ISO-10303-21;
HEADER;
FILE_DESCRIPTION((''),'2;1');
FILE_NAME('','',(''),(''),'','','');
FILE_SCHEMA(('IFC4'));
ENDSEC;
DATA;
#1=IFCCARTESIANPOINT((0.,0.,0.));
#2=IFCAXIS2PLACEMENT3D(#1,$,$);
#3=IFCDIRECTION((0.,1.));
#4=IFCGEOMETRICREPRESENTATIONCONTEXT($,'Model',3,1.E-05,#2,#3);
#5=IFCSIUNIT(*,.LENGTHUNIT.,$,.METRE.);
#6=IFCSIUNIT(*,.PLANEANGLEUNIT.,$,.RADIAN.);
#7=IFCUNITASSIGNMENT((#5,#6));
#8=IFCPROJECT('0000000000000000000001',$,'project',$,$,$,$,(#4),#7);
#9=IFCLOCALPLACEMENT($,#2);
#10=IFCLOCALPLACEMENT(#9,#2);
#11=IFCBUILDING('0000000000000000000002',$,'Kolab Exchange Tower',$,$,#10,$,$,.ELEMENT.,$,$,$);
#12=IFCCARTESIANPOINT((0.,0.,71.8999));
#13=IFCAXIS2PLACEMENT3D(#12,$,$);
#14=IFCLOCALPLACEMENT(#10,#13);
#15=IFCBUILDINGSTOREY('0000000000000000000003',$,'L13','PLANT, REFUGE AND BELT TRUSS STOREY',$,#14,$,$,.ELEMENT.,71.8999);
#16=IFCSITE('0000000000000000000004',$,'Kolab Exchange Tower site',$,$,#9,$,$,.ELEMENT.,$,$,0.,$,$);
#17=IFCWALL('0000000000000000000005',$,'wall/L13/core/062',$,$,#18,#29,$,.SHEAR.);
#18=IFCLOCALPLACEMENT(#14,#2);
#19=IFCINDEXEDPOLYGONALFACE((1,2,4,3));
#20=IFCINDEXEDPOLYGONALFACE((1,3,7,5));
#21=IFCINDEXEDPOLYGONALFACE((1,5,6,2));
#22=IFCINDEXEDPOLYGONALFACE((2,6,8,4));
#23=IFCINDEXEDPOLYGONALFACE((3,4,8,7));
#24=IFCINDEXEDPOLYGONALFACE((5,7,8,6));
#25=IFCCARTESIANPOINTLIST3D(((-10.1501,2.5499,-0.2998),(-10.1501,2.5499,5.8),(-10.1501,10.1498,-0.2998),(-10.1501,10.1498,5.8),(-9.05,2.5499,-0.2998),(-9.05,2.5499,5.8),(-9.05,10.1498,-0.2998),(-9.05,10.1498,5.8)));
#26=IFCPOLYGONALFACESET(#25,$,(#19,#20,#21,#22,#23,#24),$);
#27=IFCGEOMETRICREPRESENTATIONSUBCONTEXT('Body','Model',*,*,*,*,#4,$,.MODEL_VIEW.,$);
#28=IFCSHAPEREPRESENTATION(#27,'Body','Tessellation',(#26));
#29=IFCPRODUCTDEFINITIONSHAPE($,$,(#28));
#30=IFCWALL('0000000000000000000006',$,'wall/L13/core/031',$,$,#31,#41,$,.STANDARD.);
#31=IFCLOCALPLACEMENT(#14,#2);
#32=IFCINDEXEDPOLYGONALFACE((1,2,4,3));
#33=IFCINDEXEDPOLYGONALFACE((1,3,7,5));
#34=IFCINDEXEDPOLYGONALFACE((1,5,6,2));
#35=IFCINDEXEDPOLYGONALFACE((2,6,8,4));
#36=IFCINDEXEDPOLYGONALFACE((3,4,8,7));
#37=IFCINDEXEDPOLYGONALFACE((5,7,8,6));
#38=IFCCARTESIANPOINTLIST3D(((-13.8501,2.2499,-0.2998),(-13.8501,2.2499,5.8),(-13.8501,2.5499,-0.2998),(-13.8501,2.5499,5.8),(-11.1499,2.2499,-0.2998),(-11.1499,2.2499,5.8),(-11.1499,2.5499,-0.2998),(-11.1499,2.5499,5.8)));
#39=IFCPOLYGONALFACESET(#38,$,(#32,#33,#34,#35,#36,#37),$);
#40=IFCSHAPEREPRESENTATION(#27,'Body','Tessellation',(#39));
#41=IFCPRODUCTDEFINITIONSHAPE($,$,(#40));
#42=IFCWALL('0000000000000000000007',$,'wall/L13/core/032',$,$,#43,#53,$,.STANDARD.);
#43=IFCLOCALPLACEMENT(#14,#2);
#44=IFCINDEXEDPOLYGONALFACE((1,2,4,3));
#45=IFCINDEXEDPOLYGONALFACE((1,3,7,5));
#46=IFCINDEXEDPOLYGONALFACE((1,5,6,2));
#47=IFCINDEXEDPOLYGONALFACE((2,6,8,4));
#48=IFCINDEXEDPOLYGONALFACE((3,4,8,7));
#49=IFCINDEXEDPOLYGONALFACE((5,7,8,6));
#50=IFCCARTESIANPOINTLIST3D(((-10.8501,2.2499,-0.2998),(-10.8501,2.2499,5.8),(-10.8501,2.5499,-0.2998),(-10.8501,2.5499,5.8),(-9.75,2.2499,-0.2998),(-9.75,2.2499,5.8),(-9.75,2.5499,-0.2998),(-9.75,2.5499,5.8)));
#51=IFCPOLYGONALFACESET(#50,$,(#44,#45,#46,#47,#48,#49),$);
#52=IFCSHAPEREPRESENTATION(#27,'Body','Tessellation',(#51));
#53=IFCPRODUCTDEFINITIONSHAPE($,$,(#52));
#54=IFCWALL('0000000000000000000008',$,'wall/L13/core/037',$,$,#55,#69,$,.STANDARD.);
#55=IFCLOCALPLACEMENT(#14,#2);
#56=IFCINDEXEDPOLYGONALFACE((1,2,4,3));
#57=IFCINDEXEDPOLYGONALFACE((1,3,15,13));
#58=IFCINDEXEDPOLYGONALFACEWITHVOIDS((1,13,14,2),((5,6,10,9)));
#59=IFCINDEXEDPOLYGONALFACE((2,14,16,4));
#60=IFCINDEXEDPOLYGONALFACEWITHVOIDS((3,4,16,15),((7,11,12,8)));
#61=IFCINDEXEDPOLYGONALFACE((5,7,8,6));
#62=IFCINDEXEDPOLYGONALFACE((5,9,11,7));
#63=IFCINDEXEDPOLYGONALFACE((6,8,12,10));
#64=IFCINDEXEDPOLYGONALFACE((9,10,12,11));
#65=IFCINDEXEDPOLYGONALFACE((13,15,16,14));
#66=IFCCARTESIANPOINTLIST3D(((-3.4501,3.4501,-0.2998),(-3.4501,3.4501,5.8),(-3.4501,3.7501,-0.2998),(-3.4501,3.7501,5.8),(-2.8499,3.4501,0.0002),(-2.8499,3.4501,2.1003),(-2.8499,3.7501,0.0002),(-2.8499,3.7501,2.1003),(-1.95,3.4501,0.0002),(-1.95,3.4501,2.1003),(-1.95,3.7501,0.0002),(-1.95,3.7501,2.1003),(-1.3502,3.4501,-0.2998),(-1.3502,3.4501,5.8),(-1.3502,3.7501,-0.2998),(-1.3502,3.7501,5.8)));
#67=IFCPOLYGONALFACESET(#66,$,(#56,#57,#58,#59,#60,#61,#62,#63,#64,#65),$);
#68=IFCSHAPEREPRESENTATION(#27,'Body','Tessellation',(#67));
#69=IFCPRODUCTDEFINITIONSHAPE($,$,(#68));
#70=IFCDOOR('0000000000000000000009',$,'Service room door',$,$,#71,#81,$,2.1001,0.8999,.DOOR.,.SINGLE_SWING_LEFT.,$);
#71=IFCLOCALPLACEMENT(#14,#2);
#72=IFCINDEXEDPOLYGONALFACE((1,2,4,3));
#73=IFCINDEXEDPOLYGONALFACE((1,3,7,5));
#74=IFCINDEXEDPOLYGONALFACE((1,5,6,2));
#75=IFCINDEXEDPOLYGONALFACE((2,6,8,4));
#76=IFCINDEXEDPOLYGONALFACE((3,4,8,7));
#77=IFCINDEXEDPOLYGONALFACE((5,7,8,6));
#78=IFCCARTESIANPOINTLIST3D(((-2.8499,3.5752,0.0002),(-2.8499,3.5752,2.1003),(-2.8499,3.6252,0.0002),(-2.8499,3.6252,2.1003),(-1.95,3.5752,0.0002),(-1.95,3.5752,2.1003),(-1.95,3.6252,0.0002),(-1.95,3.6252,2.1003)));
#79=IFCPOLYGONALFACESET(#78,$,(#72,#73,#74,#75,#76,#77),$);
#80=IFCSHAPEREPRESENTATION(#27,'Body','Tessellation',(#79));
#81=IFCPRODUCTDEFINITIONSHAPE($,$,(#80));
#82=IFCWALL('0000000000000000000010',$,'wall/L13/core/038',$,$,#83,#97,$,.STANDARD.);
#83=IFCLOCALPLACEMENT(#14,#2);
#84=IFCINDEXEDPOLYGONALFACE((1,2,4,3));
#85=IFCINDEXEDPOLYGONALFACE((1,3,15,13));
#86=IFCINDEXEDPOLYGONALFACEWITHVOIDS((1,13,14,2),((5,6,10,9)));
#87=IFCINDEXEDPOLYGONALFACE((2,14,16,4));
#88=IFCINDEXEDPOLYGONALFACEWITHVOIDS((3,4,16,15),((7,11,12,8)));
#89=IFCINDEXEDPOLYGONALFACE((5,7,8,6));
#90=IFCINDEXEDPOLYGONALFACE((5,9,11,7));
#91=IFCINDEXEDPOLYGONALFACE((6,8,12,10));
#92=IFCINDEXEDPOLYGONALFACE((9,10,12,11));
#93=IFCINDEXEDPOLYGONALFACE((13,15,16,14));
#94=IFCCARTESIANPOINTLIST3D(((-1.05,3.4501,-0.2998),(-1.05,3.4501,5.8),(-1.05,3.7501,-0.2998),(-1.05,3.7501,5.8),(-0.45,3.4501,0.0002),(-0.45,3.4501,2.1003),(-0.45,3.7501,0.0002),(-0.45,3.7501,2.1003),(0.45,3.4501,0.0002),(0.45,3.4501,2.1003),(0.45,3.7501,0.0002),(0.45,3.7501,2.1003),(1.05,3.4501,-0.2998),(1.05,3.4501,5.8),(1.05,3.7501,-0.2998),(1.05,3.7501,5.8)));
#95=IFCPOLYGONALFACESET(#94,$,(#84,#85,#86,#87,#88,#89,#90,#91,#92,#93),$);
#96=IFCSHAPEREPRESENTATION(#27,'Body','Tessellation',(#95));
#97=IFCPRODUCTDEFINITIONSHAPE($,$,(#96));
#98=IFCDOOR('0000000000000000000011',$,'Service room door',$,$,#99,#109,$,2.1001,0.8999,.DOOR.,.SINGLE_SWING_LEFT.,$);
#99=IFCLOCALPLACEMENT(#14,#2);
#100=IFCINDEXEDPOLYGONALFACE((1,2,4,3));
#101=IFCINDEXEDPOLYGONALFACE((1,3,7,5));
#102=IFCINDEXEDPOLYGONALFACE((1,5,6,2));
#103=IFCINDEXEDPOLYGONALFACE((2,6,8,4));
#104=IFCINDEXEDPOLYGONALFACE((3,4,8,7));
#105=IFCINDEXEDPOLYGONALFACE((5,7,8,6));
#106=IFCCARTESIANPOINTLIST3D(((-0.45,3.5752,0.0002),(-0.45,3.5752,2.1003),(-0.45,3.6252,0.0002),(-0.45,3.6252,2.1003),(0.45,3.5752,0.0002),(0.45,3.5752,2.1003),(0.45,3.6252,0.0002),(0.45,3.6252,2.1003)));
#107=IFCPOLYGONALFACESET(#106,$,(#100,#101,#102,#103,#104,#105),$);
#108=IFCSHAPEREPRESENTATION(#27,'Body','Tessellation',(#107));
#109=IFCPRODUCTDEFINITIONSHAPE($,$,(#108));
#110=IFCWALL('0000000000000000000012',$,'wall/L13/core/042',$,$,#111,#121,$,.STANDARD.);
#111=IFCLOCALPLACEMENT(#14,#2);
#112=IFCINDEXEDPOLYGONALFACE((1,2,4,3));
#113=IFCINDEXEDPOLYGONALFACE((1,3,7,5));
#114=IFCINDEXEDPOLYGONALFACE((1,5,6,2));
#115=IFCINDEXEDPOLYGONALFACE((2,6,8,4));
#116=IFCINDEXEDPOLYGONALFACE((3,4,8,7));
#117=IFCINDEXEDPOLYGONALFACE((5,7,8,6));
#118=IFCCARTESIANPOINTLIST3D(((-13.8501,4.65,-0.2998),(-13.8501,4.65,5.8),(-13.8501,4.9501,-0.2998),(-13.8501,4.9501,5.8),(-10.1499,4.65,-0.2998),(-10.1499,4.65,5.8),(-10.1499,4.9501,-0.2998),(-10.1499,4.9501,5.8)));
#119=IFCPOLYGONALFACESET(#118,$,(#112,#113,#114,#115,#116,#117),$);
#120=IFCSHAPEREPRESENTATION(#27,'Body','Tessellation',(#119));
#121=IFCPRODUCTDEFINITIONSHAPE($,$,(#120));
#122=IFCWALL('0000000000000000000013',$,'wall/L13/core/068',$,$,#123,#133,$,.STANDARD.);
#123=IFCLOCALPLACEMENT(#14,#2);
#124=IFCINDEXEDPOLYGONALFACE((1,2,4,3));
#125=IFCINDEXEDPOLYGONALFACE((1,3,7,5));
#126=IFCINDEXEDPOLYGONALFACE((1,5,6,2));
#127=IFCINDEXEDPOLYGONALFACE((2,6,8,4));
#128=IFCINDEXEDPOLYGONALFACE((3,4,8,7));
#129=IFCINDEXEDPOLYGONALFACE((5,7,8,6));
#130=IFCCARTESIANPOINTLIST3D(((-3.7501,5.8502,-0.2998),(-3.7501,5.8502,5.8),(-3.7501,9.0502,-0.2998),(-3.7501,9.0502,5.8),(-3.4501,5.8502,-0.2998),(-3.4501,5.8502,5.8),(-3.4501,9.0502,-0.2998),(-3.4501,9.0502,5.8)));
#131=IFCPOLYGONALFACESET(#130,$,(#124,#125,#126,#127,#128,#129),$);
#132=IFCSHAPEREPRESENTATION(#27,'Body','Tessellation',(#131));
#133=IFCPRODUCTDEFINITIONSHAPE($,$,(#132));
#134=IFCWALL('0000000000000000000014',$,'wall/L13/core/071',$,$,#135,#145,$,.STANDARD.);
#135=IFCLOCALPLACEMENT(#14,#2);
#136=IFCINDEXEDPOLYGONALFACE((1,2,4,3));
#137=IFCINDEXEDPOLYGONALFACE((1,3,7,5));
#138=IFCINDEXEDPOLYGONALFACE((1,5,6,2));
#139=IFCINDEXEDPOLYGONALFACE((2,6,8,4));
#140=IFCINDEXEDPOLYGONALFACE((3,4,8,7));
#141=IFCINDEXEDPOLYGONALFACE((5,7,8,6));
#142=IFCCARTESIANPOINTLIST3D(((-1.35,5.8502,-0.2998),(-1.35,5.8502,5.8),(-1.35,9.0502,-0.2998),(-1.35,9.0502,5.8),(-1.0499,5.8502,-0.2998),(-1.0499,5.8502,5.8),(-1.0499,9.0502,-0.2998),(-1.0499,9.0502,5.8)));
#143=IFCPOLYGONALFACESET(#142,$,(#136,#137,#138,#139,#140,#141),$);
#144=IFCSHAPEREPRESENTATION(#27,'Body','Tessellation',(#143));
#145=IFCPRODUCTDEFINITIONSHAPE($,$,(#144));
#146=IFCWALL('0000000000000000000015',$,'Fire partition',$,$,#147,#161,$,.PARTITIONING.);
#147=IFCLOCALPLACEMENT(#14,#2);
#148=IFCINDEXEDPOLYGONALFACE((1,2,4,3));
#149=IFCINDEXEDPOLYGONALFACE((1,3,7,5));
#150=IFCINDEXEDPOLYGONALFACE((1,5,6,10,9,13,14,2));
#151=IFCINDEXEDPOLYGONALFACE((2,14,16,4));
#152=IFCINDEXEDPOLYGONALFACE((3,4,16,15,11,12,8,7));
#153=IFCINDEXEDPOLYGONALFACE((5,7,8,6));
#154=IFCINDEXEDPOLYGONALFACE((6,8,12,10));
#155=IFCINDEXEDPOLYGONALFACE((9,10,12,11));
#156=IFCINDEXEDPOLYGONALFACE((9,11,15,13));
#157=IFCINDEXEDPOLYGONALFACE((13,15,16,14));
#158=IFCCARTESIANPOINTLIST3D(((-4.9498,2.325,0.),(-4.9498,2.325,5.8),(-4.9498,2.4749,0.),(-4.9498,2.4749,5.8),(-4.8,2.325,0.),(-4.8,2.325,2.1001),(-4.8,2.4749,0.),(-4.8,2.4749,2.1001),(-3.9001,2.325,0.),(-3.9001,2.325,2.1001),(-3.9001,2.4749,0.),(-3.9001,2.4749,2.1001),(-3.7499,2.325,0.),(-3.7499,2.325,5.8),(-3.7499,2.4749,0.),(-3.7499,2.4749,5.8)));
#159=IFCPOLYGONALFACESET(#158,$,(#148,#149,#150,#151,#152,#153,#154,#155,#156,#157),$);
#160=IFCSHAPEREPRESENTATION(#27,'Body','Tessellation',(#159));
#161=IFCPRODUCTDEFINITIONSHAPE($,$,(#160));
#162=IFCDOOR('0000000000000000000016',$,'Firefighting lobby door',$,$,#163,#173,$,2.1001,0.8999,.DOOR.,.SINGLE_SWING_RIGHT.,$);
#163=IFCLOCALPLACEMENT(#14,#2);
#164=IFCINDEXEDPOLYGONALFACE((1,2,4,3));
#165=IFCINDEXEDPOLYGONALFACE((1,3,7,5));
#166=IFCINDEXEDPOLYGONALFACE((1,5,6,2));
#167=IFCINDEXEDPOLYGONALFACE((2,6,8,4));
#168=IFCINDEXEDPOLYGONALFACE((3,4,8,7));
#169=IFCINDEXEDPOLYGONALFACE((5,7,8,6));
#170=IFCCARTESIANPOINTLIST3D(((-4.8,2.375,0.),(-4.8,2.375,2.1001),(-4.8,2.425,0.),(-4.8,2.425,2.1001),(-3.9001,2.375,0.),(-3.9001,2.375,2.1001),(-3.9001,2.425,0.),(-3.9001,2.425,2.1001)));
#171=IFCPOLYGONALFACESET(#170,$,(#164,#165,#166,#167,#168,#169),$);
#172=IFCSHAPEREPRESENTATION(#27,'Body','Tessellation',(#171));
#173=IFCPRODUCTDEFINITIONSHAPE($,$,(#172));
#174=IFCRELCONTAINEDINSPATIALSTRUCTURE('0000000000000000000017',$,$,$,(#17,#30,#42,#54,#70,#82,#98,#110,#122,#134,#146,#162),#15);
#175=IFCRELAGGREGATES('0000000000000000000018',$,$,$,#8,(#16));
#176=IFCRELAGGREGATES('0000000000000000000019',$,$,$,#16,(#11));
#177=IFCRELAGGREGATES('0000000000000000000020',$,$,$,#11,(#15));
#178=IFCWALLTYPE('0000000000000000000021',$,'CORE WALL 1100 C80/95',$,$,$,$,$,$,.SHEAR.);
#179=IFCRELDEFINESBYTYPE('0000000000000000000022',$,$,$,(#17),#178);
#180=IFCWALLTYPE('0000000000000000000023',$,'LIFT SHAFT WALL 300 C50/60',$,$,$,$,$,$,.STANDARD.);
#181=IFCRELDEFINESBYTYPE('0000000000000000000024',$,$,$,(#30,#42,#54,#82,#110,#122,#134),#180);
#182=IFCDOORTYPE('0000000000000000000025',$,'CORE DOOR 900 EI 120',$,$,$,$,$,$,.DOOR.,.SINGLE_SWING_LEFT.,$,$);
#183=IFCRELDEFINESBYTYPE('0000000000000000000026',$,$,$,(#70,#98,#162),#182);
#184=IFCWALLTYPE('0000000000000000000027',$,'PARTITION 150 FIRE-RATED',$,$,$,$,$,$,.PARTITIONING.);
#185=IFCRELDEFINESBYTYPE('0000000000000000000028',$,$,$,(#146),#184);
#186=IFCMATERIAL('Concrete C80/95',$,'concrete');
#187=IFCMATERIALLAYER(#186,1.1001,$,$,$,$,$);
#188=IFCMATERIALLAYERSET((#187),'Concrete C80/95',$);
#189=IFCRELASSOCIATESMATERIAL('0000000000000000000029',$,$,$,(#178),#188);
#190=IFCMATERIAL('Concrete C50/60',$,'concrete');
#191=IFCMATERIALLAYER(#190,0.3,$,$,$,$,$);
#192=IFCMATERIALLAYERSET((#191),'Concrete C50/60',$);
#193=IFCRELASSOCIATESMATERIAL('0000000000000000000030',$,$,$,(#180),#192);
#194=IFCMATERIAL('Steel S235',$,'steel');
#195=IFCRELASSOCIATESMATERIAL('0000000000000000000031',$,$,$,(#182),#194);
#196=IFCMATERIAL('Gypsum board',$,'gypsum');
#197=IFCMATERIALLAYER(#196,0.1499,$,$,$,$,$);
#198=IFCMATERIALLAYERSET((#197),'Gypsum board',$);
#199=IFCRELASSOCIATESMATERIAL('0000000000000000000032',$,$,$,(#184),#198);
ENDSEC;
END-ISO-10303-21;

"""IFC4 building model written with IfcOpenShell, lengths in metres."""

from ifc_helpers import new_model, si_unit, direction, frame, frame_2d, origin, place, context, subcontext, project, spatial, rectangle, extrude, material, layer, layer_set, type_object, element, fill, save


model = new_model("IFC4")

# Units and contexts
model_context = context("Model", 3, precision=1e-05, world=origin(), true_north=direction((0.0, 1.0)))
body_context = subcontext(model_context, "Body", "Model", "MODEL_VIEW")
ifc_project = project(units=[si_unit("LENGTHUNIT", "METRE"), si_unit("PLANEANGLEUNIT", "RADIAN")], contexts=[model_context])

# Site, building, storey
site_placement = place(None, origin())
site = spatial("IfcSite", under=ifc_project, at=site_placement, Name="Kolab Exchange Tower site", CompositionType="ELEMENT", RefElevation=0.0)
building_placement = place(site_placement, origin())
building = spatial("IfcBuilding", under=site, at=building_placement, Name="Kolab Exchange Tower", CompositionType="ELEMENT")
storey_placement = place(building_placement, frame((0.0, 0.0, 71.8999)))
storey = spatial("IfcBuildingStorey", under=building, at=storey_placement, Name="L13", Description="PLANT, REFUGE AND BELT TRUSS STOREY", CompositionType="ELEMENT", Elevation=71.8999)

# Walls
ifc_material_1 = material(Name="Concrete C80/95", Category="concrete")
ifc_layer_1 = layer(ifc_material_1, 1.1001)
ifc_layer_set_1 = layer_set([ifc_layer_1], Name="Concrete C80/95")
wall_type_1 = type_object("IfcWallType", Name="CORE WALL 1100 C80/95", PredefinedType="SHEAR", material=ifc_layer_set_1)
wall_1_placement = place(storey_placement, frame((-9.6001, 2.55, -0.2998), z_axis=(0.0, 0.0, 1.0), x_axis=(0.0, 1.0, 0.0)))
element("IfcWall", 1, at=wall_1_placement, inside=storey, type_object=wall_type_1, Name="wall/L13/core/062", PredefinedType="SHEAR", context=body_context, shape_type="SweptSolid", body=[
    extrude(rectangle(XDim=7.5999, YDim=1.1001, at=frame_2d((3.7998, 0.0))), origin(), (0.0, 0.0, 1.0), 6.0999),
])
ifc_material_2 = material(Name="Concrete C50/60", Category="concrete")
ifc_layer_2 = layer(ifc_material_2, 0.3)
ifc_layer_set_2 = layer_set([ifc_layer_2], Name="Concrete C50/60")
wall_type_2 = type_object("IfcWallType", Name="LIFT SHAFT WALL 300 C50/60", PredefinedType="STANDARD", material=ifc_layer_set_2)
wall_2_placement = place(storey_placement, frame((-13.8501, 2.3999, -0.2998), z_axis=(0.0, 0.0, 1.0), x_axis=(1.0, 0.0, 0.0)))
element("IfcWall", 2, at=wall_2_placement, inside=storey, type_object=wall_type_2, Name="wall/L13/core/031", PredefinedType="STANDARD", context=body_context, shape_type="SweptSolid", body=[
    extrude(rectangle(XDim=2.7002, YDim=0.3, at=frame_2d((1.3501, 0.0))), origin(), (0.0, 0.0, 1.0), 6.0999),
])
wall_3_placement = place(storey_placement, frame((-10.8501, 2.3999, -0.2998), z_axis=(0.0, 0.0, 1.0), x_axis=(1.0, 0.0, 0.0)))
element("IfcWall", 3, at=wall_3_placement, inside=storey, type_object=wall_type_2, Name="wall/L13/core/032", PredefinedType="STANDARD", context=body_context, shape_type="SweptSolid", body=[
    extrude(rectangle(XDim=1.1001, YDim=0.3, at=frame_2d((0.55, 0.0))), origin(), (0.0, 0.0, 1.0), 6.0999),
])

# Walls, openings, doors
wall_4_placement = place(storey_placement, frame((-3.45, 3.6001, -0.2998), z_axis=(0.0, 0.0, 1.0), x_axis=(1.0, 0.0, 0.0)))
wall_4 = element("IfcWall", 4, at=wall_4_placement, inside=storey, type_object=wall_type_2, Name="wall/L13/core/037", PredefinedType="STANDARD", context=body_context, shape_type="SweptSolid", body=[
    extrude(rectangle(XDim=2.0999, YDim=0.3, at=frame_2d((1.0498, 0.0))), origin(), (0.0, 0.0, 1.0), 6.0999),
])
opening_1_placement = place(wall_4_placement, frame((0.6001, 0.0, 0.3)))
opening_1 = element("IfcOpeningElement", 5, at=opening_1_placement, cuts=wall_4, PredefinedType="OPENING", context=body_context, shape_type="SweptSolid", body=[
    extrude(rectangle(XDim=0.8999, YDim=2.1001, at=frame_2d((0.45, 1.05))), frame((0.0, 0.1602, 0.0), z_axis=(0.0, -1.0, 0.0), x_axis=(1.0, 0.0, 0.0)), (0.0, 0.0, 1.0), 0.3201),
])
ifc_material_3 = material(Name="Steel S235", Category="steel")
door_type_1 = type_object("IfcDoorType", Name="CORE DOOR 900 EI 120", OperationType="SINGLE_SWING_LEFT", PredefinedType="DOOR", material=ifc_material_3)
door_1_placement = place(opening_1_placement, frame((0.8999, 0.0, 0.0), z_axis=(0.0, 0.0, 1.0), x_axis=(-1.0, 0.0, 0.0)))
door_1 = element("IfcDoor", 6, at=door_1_placement, inside=storey, type_object=door_type_1, Name="Service room door", OperationType="SINGLE_SWING_LEFT", OverallHeight=2.1001, OverallWidth=0.8999, PredefinedType="DOOR", context=body_context, shape_type="SweptSolid", body=[
    extrude(rectangle(XDim=0.8999, YDim=2.1001, at=frame_2d((0.45, 1.05))), frame((0.0, 0.0249, 0.0), z_axis=(0.0, -1.0, 0.0), x_axis=(1.0, 0.0, 0.0)), (0.0, 0.0, 1.0), 0.05),
])
fill(opening_1, door_1)
wall_5_placement = place(storey_placement, frame((-1.05, 3.6001, -0.2998), z_axis=(0.0, 0.0, 1.0), x_axis=(1.0, 0.0, 0.0)))
wall_5 = element("IfcWall", 7, at=wall_5_placement, inside=storey, type_object=wall_type_2, Name="wall/L13/core/038", PredefinedType="STANDARD", context=body_context, shape_type="SweptSolid", body=[
    extrude(rectangle(XDim=2.1001, YDim=0.3, at=frame_2d((1.05, 0.0))), origin(), (0.0, 0.0, 1.0), 6.0999),
])
opening_2_placement = place(wall_5_placement, frame((0.6001, 0.0, 0.3)))
opening_2 = element("IfcOpeningElement", 8, at=opening_2_placement, cuts=wall_5, PredefinedType="OPENING", context=body_context, shape_type="SweptSolid", body=[
    extrude(rectangle(XDim=0.8999, YDim=2.1001, at=frame_2d((0.45, 1.05))), frame((0.0, 0.1602, 0.0), z_axis=(0.0, -1.0, 0.0), x_axis=(1.0, 0.0, 0.0)), (0.0, 0.0, 1.0), 0.3201),
])
door_2_placement = place(opening_2_placement, frame((0.8999, 0.0, 0.0), z_axis=(0.0, 0.0, 1.0), x_axis=(-1.0, 0.0, 0.0)))
door_2 = element("IfcDoor", 9, at=door_2_placement, inside=storey, type_object=door_type_1, Name="Service room door", OperationType="SINGLE_SWING_LEFT", OverallHeight=2.1001, OverallWidth=0.8999, PredefinedType="DOOR", context=body_context, shape_type="SweptSolid", body=[
    extrude(rectangle(XDim=0.8999, YDim=2.1001, at=frame_2d((0.45, 1.05))), frame((0.0, 0.0249, 0.0), z_axis=(0.0, -1.0, 0.0), x_axis=(1.0, 0.0, 0.0)), (0.0, 0.0, 1.0), 0.05),
])
fill(opening_2, door_2)

# Walls
wall_6_placement = place(storey_placement, frame((-13.8501, 4.8, -0.2998), z_axis=(0.0, 0.0, 1.0), x_axis=(1.0, 0.0, 0.0)))
element("IfcWall", 10, at=wall_6_placement, inside=storey, type_object=wall_type_2, Name="wall/L13/core/042", PredefinedType="STANDARD", context=body_context, shape_type="SweptSolid", body=[
    extrude(rectangle(XDim=3.7002, YDim=0.3, at=frame_2d((1.8501, 0.0))), origin(), (0.0, 0.0, 1.0), 6.0999),
])
for number, where, z_axis, x_axis, name in (
    (11, (-3.6001, 5.8501, -0.2998), (0.0, 0.0, 1.0), (0.0, 1.0, 0.0), "wall/L13/core/068"),
    (12, (-1.2, 5.8501, -0.2998), (0.0, 0.0, 1.0), (0.0, 1.0, 0.0), "wall/L13/core/071"),
):
    element("IfcWall", number, at=place(storey_placement, frame(where, z_axis=z_axis, x_axis=x_axis)), inside=storey, type_object=wall_type_2, Name=name, PredefinedType="STANDARD", context=body_context, shape_type="SweptSolid", body=[
        extrude(rectangle(XDim=3.2, YDim=0.3, at=frame_2d((1.6001, 0.0))), origin(), (0.0, 0.0, 1.0), 6.0999),
    ])

# Wall, opening, door
ifc_material_4 = material(Name="Gypsum board", Category="gypsum")
ifc_layer_3 = layer(ifc_material_4, 0.1499)
ifc_layer_set_3 = layer_set([ifc_layer_3], Name="Gypsum board")
wall_type_3 = type_object("IfcWallType", Name="PARTITION 150 FIRE-RATED", PredefinedType="PARTITIONING", material=ifc_layer_set_3)
wall_7_placement = place(storey_placement, frame((-4.95, 2.3999, 0.0), z_axis=(0.0, 0.0, 1.0), x_axis=(1.0, 0.0, 0.0)))
wall_7 = element("IfcWall", 13, at=wall_7_placement, inside=storey, type_object=wall_type_3, Name="Fire partition", PredefinedType="PARTITIONING", context=body_context, shape_type="SweptSolid", body=[
    extrude(rectangle(XDim=1.2, YDim=0.1499, at=frame_2d((0.6001, 0.0))), origin(), (0.0, 0.0, 1.0), 5.8),
])
opening_3_placement = place(wall_7_placement, frame((0.1499, 0.0, 0.0)))
opening_3 = element("IfcOpeningElement", 14, at=opening_3_placement, cuts=wall_7, PredefinedType="OPENING", context=body_context, shape_type="SweptSolid", body=[
    extrude(rectangle(XDim=0.8999, YDim=2.1001, at=frame_2d((0.45, 1.05))), frame((0.0, 0.085, 0.0), z_axis=(0.0, -1.0, 0.0), x_axis=(1.0, 0.0, 0.0)), (0.0, 0.0, 1.0), 0.1699),
])
door_3_placement = place(opening_3_placement, frame((0.8999, 0.0, 0.0), z_axis=(0.0, 0.0, 1.0), x_axis=(-1.0, 0.0, 0.0)))
door_3 = element("IfcDoor", 15, at=door_3_placement, inside=storey, type_object=door_type_1, Name="Firefighting lobby door", OperationType="SINGLE_SWING_RIGHT", OverallHeight=2.1001, OverallWidth=0.8999, PredefinedType="DOOR", context=body_context, shape_type="SweptSolid", body=[
    extrude(rectangle(XDim=0.8999, YDim=2.1001, at=frame_2d((0.45, 1.05))), frame((0.0, 0.0249, 0.0), z_axis=(0.0, -1.0, 0.0), x_axis=(1.0, 0.0, 0.0)), (0.0, 0.0, 1.0), 0.05),
])
fill(opening_3, door_3)

save(model, "model.ifc")
